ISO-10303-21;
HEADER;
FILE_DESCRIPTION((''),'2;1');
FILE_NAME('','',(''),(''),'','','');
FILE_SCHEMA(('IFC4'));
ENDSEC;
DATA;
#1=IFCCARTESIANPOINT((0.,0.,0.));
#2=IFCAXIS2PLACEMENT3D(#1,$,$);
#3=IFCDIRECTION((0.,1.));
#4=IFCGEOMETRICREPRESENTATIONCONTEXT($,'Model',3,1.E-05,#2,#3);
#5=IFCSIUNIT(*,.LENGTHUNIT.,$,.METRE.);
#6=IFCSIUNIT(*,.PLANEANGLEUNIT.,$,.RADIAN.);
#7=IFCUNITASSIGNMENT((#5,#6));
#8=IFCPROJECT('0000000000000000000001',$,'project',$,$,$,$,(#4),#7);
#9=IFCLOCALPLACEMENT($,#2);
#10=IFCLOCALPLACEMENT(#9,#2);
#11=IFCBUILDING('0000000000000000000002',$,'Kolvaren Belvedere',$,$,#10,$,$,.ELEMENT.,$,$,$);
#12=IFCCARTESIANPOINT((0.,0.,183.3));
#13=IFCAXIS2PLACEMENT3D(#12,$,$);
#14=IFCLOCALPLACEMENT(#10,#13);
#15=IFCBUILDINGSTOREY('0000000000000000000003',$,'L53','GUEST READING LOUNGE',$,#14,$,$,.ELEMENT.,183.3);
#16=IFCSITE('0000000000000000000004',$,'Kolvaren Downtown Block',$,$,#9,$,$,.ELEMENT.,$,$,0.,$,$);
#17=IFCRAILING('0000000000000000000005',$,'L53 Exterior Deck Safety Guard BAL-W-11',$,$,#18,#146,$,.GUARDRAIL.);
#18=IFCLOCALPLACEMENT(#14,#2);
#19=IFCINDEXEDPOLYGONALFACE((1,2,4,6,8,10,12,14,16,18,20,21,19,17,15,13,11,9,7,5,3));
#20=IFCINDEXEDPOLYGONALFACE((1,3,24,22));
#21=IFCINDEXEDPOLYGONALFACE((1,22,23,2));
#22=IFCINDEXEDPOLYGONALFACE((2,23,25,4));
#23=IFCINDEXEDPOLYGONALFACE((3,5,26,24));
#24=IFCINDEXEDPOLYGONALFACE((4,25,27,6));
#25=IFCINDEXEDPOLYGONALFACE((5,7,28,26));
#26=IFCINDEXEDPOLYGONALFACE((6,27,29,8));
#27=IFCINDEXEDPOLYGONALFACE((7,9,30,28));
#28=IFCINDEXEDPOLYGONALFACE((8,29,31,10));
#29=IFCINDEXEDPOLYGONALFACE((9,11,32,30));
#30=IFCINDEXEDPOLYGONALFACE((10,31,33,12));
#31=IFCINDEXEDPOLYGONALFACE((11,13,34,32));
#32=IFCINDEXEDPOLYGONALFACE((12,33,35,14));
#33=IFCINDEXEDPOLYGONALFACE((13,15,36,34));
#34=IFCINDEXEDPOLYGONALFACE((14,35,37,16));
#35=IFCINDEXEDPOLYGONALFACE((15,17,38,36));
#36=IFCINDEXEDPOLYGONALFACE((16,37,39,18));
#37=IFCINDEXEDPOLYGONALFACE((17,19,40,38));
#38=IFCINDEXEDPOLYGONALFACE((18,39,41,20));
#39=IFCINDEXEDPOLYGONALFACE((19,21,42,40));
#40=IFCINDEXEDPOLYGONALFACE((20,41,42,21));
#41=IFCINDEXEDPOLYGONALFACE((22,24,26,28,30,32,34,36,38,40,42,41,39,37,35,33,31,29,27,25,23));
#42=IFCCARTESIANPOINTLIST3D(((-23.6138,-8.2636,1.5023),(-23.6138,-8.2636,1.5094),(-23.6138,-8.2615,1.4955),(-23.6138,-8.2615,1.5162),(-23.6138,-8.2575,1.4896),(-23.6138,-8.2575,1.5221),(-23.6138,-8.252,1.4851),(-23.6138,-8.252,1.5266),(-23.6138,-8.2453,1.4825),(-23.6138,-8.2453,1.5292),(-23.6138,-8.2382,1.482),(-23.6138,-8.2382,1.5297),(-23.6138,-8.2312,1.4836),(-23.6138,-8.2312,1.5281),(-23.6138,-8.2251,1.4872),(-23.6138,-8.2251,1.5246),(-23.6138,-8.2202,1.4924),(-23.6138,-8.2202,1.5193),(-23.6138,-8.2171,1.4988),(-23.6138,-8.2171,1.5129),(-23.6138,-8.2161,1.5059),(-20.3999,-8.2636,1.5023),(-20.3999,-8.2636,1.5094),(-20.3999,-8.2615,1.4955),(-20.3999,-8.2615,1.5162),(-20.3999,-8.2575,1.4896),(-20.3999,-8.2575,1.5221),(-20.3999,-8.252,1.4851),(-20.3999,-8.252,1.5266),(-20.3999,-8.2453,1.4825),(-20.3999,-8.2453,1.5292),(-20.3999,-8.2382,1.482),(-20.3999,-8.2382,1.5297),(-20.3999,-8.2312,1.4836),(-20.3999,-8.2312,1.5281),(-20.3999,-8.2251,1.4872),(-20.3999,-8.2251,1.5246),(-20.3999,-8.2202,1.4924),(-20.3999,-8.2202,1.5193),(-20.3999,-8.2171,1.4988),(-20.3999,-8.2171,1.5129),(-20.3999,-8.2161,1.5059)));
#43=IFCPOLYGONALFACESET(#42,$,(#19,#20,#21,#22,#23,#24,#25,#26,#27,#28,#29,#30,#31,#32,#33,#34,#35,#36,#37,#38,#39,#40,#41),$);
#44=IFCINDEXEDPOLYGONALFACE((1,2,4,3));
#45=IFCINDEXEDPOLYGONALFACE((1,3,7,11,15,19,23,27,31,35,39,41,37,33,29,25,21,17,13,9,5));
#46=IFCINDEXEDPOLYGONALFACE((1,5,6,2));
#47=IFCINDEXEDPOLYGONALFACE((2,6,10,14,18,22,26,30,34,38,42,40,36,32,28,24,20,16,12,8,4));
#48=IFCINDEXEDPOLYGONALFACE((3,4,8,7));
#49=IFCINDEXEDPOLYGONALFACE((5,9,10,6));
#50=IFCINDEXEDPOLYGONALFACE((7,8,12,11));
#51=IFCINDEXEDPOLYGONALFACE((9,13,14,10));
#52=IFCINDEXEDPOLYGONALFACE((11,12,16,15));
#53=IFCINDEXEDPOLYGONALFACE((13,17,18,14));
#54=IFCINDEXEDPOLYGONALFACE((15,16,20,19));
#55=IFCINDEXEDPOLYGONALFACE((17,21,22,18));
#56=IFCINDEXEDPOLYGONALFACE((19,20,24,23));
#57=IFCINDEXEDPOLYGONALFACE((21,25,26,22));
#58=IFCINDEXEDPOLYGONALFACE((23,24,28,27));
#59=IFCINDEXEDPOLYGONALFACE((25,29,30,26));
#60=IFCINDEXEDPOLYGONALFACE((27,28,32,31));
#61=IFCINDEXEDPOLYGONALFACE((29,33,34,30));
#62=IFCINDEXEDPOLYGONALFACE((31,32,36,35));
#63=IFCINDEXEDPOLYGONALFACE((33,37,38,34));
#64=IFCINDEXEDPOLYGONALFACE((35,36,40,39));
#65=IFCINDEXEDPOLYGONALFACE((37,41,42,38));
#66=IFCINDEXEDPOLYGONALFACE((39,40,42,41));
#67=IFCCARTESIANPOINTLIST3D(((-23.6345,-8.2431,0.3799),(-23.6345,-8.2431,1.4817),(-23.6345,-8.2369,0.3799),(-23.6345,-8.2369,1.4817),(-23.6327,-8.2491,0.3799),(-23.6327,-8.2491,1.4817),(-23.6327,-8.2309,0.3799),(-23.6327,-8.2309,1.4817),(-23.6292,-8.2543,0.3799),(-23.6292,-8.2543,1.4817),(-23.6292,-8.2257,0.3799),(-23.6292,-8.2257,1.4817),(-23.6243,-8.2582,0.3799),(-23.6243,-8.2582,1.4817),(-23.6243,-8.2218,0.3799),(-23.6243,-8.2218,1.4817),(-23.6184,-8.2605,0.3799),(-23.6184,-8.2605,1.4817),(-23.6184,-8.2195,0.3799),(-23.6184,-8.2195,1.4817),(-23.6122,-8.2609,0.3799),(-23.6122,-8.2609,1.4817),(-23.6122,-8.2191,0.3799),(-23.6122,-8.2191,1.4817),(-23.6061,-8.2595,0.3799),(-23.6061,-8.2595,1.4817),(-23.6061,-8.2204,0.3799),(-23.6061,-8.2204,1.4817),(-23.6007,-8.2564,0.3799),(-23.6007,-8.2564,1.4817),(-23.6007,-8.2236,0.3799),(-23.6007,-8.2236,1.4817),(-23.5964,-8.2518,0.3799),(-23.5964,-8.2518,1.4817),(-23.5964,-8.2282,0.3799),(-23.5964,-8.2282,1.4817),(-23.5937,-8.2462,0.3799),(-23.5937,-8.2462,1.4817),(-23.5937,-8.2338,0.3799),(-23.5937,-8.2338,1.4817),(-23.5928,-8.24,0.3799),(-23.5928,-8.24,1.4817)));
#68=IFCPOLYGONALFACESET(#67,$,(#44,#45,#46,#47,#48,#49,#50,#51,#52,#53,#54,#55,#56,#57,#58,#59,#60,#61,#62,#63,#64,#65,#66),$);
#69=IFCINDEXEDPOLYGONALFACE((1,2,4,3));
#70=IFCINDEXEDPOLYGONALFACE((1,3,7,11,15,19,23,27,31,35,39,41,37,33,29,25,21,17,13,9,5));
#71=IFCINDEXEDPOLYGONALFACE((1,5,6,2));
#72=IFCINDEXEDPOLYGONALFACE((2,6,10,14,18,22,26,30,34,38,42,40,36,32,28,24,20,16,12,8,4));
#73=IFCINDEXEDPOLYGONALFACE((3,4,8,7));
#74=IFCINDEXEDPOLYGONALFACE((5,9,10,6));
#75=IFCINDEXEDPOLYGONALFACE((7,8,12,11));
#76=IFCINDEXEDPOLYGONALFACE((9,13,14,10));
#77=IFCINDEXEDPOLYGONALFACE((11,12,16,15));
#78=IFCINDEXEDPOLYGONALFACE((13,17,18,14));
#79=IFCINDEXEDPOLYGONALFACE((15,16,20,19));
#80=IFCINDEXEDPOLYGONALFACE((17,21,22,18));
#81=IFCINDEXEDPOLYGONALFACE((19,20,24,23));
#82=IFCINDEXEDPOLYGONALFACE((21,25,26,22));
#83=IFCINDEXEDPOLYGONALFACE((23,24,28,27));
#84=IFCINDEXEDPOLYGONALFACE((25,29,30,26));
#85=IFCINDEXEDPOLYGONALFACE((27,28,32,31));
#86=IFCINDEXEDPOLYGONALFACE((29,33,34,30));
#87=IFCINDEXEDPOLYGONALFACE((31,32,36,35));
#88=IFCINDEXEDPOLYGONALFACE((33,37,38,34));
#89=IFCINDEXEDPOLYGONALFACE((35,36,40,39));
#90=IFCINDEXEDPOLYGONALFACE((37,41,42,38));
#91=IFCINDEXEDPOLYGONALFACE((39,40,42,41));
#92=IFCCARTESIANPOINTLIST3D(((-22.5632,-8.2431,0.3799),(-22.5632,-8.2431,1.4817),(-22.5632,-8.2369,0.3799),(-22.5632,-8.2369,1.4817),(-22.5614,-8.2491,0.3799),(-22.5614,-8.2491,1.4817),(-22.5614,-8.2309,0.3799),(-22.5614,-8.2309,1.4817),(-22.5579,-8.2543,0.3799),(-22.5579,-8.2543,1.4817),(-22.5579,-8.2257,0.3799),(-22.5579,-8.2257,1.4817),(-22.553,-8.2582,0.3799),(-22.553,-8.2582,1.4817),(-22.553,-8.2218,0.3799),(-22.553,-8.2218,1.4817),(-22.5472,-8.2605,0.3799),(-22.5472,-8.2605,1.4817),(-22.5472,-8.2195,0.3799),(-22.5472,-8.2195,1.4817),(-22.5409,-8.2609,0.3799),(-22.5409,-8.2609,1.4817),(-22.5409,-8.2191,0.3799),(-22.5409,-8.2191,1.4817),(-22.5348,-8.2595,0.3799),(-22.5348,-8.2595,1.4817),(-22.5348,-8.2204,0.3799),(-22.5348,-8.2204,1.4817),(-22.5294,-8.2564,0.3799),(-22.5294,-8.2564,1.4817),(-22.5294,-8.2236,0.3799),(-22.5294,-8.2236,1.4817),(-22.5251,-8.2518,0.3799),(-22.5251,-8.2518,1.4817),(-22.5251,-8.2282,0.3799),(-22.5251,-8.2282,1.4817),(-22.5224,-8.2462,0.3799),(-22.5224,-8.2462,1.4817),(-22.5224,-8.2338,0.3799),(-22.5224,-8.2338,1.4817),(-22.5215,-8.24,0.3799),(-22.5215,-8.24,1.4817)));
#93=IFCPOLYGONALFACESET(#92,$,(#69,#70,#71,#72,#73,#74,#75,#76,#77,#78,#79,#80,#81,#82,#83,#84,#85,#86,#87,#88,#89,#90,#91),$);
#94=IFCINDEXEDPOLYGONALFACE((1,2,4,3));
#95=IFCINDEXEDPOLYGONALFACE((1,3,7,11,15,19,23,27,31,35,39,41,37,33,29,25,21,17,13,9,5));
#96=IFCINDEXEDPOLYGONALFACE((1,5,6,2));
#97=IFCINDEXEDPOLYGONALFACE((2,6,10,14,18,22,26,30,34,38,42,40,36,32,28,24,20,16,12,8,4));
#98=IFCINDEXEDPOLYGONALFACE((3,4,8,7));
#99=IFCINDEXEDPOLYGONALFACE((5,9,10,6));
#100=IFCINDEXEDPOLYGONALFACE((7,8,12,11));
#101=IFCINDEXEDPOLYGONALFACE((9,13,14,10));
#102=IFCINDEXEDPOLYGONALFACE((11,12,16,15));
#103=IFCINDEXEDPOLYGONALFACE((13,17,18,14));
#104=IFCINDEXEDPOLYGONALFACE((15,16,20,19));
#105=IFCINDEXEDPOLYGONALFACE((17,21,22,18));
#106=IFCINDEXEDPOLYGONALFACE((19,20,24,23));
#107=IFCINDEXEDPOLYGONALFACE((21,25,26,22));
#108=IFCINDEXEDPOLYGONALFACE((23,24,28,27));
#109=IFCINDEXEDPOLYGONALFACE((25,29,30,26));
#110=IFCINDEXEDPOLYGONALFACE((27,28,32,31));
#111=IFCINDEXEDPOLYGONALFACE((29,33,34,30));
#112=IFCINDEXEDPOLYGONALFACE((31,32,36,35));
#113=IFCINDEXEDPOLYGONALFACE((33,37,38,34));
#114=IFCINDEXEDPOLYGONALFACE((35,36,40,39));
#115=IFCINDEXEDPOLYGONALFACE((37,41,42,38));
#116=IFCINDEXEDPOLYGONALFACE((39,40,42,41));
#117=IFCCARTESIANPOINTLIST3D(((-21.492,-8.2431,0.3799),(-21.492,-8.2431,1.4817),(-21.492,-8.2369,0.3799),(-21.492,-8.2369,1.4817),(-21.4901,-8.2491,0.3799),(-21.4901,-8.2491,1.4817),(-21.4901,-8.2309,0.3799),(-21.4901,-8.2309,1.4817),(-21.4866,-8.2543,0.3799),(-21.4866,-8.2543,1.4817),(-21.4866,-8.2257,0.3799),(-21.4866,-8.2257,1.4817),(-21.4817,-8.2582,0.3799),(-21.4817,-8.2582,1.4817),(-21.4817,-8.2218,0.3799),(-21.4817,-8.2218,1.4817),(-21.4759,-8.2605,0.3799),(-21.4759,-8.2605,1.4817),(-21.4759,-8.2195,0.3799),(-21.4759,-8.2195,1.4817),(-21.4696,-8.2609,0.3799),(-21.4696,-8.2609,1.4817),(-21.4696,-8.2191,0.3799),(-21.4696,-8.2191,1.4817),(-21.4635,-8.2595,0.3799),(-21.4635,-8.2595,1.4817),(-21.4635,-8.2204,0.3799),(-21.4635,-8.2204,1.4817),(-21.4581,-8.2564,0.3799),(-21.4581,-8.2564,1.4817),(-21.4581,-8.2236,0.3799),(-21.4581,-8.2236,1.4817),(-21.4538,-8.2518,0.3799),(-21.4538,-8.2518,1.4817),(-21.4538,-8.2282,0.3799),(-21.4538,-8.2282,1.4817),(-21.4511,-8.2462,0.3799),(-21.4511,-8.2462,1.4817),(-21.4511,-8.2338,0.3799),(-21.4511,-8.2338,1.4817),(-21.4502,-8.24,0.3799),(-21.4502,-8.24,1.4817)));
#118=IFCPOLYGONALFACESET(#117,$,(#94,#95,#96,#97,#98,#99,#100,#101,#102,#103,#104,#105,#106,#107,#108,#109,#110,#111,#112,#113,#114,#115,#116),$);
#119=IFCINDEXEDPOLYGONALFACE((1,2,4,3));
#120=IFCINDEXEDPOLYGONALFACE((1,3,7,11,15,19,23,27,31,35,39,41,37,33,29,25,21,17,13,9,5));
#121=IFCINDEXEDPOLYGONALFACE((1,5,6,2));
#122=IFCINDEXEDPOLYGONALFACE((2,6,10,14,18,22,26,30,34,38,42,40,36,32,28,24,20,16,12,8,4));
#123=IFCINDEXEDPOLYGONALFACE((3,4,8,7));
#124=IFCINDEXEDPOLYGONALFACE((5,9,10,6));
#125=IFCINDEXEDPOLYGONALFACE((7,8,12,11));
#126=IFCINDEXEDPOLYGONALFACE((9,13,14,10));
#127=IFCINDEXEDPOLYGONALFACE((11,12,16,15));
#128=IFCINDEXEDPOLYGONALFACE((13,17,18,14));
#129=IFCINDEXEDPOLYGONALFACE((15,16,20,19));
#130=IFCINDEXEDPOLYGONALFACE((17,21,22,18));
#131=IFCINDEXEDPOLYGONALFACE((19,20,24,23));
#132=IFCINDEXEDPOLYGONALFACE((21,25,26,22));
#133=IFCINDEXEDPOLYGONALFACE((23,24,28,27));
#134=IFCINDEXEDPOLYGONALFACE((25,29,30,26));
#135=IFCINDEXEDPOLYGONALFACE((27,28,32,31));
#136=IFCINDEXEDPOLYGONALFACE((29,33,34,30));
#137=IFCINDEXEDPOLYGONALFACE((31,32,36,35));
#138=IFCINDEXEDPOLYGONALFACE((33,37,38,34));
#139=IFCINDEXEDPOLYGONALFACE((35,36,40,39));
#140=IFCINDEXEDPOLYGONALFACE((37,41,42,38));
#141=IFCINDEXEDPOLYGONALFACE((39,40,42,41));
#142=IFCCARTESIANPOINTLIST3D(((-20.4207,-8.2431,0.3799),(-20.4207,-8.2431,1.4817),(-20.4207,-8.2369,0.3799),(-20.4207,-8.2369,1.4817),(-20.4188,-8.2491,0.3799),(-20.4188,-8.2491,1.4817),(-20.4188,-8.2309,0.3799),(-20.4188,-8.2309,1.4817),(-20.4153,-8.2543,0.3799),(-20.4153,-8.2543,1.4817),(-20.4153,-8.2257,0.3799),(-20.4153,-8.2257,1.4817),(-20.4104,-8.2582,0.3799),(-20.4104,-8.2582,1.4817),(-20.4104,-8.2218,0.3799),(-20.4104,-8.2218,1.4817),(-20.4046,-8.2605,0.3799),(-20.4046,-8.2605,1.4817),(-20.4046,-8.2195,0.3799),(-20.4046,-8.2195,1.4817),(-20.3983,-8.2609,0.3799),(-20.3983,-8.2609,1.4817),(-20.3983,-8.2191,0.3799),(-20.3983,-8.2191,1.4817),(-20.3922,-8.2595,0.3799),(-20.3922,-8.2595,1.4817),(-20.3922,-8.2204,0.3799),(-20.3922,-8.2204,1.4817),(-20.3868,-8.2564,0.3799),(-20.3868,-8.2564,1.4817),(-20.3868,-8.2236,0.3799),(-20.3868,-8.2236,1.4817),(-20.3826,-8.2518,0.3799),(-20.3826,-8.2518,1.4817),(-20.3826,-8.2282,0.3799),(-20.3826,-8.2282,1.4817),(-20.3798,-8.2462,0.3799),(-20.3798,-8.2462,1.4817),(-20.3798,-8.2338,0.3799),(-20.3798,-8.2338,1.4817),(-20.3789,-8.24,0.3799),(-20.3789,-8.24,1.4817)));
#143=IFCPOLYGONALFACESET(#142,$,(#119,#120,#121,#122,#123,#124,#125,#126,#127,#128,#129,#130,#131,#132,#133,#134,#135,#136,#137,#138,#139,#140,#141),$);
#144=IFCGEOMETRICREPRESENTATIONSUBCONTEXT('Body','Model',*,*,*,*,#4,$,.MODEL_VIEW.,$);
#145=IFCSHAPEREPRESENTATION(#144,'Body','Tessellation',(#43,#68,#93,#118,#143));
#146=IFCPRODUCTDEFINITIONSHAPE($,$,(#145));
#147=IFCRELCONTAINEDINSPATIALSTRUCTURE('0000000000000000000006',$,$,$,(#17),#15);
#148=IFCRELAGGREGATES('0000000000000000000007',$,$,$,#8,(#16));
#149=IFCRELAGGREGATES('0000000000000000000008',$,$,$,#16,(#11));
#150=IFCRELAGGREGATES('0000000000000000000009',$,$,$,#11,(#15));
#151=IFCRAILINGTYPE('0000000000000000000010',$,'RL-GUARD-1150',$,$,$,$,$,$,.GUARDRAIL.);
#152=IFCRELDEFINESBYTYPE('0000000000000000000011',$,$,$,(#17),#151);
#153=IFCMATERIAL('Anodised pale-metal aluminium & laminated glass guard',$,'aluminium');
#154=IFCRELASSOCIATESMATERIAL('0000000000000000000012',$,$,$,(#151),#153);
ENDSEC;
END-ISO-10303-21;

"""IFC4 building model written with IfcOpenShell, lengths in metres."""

from ifc_helpers import new_model, si_unit, direction, frame, origin, origin_2d, place, context, subcontext, project, spatial, circle, extrude, material, type_object, element, save


model = new_model("IFC4")

# Units and contexts
model_context = context("Model", 3, precision=1e-05, world=origin(), true_north=direction((0.0, 1.0)))
body_context = subcontext(model_context, "Body", "Model", "MODEL_VIEW")
ifc_project = project(units=[si_unit("LENGTHUNIT", "METRE"), si_unit("PLANEANGLEUNIT", "RADIAN")], contexts=[model_context])

# Site, building, storey
site_placement = place(None, origin())
site = spatial("IfcSite", under=ifc_project, at=site_placement, Name="Kolvaren Downtown Block", CompositionType="ELEMENT", RefElevation=0.0)
building_placement = place(site_placement, origin())
building = spatial("IfcBuilding", under=site, at=building_placement, Name="Kolvaren Belvedere", CompositionType="ELEMENT")
storey_placement = place(building_placement, frame((0.0, 0.0, 183.3)))
storey = spatial("IfcBuildingStorey", under=building, at=storey_placement, Name="L53", Description="GUEST READING LOUNGE", CompositionType="ELEMENT", Elevation=183.3)

# Railing
ifc_material_1 = material(Name="Anodised pale-metal aluminium & laminated glass guard", Category="aluminium")
railing_type = type_object("IfcRailingType", Name="RL-GUARD-1150", PredefinedType="GUARDRAIL", material=ifc_material_1)
railing_placement = place(storey_placement, frame((-23.6138, -8.24, 0.3799)))
element("IfcRailing", 1, at=railing_placement, inside=storey, type_object=railing_type, Name="L53 Exterior Deck Safety Guard BAL-W-11", PredefinedType="GUARDRAIL", context=body_context, shape_type="SweptSolid", body=[
    extrude(circle(Radius=0.0239, at=origin_2d()), frame((0.0, 0.0, 1.126), z_axis=(1.0, 0.0, 0.0), x_axis=(0.0, 1.0, 0.0)), (0.0, 0.0, 1.0), 3.2139),
    extrude(circle(Radius=0.021, at=origin_2d()), origin(), (0.0, 0.0, 1.0), 1.1018),
    extrude(circle(Radius=0.021, at=origin_2d()), frame((1.0713, 0.0, 0.0)), (0.0, 0.0, 1.0), 1.1018),
    extrude(circle(Radius=0.021, at=origin_2d()), frame((2.1426, 0.0, 0.0)), (0.0, 0.0, 1.0), 1.1018),
    extrude(circle(Radius=0.021, at=origin_2d()), frame((3.2139, 0.0, 0.0)), (0.0, 0.0, 1.0), 1.1018),
])

save(model, "model.ifc")
